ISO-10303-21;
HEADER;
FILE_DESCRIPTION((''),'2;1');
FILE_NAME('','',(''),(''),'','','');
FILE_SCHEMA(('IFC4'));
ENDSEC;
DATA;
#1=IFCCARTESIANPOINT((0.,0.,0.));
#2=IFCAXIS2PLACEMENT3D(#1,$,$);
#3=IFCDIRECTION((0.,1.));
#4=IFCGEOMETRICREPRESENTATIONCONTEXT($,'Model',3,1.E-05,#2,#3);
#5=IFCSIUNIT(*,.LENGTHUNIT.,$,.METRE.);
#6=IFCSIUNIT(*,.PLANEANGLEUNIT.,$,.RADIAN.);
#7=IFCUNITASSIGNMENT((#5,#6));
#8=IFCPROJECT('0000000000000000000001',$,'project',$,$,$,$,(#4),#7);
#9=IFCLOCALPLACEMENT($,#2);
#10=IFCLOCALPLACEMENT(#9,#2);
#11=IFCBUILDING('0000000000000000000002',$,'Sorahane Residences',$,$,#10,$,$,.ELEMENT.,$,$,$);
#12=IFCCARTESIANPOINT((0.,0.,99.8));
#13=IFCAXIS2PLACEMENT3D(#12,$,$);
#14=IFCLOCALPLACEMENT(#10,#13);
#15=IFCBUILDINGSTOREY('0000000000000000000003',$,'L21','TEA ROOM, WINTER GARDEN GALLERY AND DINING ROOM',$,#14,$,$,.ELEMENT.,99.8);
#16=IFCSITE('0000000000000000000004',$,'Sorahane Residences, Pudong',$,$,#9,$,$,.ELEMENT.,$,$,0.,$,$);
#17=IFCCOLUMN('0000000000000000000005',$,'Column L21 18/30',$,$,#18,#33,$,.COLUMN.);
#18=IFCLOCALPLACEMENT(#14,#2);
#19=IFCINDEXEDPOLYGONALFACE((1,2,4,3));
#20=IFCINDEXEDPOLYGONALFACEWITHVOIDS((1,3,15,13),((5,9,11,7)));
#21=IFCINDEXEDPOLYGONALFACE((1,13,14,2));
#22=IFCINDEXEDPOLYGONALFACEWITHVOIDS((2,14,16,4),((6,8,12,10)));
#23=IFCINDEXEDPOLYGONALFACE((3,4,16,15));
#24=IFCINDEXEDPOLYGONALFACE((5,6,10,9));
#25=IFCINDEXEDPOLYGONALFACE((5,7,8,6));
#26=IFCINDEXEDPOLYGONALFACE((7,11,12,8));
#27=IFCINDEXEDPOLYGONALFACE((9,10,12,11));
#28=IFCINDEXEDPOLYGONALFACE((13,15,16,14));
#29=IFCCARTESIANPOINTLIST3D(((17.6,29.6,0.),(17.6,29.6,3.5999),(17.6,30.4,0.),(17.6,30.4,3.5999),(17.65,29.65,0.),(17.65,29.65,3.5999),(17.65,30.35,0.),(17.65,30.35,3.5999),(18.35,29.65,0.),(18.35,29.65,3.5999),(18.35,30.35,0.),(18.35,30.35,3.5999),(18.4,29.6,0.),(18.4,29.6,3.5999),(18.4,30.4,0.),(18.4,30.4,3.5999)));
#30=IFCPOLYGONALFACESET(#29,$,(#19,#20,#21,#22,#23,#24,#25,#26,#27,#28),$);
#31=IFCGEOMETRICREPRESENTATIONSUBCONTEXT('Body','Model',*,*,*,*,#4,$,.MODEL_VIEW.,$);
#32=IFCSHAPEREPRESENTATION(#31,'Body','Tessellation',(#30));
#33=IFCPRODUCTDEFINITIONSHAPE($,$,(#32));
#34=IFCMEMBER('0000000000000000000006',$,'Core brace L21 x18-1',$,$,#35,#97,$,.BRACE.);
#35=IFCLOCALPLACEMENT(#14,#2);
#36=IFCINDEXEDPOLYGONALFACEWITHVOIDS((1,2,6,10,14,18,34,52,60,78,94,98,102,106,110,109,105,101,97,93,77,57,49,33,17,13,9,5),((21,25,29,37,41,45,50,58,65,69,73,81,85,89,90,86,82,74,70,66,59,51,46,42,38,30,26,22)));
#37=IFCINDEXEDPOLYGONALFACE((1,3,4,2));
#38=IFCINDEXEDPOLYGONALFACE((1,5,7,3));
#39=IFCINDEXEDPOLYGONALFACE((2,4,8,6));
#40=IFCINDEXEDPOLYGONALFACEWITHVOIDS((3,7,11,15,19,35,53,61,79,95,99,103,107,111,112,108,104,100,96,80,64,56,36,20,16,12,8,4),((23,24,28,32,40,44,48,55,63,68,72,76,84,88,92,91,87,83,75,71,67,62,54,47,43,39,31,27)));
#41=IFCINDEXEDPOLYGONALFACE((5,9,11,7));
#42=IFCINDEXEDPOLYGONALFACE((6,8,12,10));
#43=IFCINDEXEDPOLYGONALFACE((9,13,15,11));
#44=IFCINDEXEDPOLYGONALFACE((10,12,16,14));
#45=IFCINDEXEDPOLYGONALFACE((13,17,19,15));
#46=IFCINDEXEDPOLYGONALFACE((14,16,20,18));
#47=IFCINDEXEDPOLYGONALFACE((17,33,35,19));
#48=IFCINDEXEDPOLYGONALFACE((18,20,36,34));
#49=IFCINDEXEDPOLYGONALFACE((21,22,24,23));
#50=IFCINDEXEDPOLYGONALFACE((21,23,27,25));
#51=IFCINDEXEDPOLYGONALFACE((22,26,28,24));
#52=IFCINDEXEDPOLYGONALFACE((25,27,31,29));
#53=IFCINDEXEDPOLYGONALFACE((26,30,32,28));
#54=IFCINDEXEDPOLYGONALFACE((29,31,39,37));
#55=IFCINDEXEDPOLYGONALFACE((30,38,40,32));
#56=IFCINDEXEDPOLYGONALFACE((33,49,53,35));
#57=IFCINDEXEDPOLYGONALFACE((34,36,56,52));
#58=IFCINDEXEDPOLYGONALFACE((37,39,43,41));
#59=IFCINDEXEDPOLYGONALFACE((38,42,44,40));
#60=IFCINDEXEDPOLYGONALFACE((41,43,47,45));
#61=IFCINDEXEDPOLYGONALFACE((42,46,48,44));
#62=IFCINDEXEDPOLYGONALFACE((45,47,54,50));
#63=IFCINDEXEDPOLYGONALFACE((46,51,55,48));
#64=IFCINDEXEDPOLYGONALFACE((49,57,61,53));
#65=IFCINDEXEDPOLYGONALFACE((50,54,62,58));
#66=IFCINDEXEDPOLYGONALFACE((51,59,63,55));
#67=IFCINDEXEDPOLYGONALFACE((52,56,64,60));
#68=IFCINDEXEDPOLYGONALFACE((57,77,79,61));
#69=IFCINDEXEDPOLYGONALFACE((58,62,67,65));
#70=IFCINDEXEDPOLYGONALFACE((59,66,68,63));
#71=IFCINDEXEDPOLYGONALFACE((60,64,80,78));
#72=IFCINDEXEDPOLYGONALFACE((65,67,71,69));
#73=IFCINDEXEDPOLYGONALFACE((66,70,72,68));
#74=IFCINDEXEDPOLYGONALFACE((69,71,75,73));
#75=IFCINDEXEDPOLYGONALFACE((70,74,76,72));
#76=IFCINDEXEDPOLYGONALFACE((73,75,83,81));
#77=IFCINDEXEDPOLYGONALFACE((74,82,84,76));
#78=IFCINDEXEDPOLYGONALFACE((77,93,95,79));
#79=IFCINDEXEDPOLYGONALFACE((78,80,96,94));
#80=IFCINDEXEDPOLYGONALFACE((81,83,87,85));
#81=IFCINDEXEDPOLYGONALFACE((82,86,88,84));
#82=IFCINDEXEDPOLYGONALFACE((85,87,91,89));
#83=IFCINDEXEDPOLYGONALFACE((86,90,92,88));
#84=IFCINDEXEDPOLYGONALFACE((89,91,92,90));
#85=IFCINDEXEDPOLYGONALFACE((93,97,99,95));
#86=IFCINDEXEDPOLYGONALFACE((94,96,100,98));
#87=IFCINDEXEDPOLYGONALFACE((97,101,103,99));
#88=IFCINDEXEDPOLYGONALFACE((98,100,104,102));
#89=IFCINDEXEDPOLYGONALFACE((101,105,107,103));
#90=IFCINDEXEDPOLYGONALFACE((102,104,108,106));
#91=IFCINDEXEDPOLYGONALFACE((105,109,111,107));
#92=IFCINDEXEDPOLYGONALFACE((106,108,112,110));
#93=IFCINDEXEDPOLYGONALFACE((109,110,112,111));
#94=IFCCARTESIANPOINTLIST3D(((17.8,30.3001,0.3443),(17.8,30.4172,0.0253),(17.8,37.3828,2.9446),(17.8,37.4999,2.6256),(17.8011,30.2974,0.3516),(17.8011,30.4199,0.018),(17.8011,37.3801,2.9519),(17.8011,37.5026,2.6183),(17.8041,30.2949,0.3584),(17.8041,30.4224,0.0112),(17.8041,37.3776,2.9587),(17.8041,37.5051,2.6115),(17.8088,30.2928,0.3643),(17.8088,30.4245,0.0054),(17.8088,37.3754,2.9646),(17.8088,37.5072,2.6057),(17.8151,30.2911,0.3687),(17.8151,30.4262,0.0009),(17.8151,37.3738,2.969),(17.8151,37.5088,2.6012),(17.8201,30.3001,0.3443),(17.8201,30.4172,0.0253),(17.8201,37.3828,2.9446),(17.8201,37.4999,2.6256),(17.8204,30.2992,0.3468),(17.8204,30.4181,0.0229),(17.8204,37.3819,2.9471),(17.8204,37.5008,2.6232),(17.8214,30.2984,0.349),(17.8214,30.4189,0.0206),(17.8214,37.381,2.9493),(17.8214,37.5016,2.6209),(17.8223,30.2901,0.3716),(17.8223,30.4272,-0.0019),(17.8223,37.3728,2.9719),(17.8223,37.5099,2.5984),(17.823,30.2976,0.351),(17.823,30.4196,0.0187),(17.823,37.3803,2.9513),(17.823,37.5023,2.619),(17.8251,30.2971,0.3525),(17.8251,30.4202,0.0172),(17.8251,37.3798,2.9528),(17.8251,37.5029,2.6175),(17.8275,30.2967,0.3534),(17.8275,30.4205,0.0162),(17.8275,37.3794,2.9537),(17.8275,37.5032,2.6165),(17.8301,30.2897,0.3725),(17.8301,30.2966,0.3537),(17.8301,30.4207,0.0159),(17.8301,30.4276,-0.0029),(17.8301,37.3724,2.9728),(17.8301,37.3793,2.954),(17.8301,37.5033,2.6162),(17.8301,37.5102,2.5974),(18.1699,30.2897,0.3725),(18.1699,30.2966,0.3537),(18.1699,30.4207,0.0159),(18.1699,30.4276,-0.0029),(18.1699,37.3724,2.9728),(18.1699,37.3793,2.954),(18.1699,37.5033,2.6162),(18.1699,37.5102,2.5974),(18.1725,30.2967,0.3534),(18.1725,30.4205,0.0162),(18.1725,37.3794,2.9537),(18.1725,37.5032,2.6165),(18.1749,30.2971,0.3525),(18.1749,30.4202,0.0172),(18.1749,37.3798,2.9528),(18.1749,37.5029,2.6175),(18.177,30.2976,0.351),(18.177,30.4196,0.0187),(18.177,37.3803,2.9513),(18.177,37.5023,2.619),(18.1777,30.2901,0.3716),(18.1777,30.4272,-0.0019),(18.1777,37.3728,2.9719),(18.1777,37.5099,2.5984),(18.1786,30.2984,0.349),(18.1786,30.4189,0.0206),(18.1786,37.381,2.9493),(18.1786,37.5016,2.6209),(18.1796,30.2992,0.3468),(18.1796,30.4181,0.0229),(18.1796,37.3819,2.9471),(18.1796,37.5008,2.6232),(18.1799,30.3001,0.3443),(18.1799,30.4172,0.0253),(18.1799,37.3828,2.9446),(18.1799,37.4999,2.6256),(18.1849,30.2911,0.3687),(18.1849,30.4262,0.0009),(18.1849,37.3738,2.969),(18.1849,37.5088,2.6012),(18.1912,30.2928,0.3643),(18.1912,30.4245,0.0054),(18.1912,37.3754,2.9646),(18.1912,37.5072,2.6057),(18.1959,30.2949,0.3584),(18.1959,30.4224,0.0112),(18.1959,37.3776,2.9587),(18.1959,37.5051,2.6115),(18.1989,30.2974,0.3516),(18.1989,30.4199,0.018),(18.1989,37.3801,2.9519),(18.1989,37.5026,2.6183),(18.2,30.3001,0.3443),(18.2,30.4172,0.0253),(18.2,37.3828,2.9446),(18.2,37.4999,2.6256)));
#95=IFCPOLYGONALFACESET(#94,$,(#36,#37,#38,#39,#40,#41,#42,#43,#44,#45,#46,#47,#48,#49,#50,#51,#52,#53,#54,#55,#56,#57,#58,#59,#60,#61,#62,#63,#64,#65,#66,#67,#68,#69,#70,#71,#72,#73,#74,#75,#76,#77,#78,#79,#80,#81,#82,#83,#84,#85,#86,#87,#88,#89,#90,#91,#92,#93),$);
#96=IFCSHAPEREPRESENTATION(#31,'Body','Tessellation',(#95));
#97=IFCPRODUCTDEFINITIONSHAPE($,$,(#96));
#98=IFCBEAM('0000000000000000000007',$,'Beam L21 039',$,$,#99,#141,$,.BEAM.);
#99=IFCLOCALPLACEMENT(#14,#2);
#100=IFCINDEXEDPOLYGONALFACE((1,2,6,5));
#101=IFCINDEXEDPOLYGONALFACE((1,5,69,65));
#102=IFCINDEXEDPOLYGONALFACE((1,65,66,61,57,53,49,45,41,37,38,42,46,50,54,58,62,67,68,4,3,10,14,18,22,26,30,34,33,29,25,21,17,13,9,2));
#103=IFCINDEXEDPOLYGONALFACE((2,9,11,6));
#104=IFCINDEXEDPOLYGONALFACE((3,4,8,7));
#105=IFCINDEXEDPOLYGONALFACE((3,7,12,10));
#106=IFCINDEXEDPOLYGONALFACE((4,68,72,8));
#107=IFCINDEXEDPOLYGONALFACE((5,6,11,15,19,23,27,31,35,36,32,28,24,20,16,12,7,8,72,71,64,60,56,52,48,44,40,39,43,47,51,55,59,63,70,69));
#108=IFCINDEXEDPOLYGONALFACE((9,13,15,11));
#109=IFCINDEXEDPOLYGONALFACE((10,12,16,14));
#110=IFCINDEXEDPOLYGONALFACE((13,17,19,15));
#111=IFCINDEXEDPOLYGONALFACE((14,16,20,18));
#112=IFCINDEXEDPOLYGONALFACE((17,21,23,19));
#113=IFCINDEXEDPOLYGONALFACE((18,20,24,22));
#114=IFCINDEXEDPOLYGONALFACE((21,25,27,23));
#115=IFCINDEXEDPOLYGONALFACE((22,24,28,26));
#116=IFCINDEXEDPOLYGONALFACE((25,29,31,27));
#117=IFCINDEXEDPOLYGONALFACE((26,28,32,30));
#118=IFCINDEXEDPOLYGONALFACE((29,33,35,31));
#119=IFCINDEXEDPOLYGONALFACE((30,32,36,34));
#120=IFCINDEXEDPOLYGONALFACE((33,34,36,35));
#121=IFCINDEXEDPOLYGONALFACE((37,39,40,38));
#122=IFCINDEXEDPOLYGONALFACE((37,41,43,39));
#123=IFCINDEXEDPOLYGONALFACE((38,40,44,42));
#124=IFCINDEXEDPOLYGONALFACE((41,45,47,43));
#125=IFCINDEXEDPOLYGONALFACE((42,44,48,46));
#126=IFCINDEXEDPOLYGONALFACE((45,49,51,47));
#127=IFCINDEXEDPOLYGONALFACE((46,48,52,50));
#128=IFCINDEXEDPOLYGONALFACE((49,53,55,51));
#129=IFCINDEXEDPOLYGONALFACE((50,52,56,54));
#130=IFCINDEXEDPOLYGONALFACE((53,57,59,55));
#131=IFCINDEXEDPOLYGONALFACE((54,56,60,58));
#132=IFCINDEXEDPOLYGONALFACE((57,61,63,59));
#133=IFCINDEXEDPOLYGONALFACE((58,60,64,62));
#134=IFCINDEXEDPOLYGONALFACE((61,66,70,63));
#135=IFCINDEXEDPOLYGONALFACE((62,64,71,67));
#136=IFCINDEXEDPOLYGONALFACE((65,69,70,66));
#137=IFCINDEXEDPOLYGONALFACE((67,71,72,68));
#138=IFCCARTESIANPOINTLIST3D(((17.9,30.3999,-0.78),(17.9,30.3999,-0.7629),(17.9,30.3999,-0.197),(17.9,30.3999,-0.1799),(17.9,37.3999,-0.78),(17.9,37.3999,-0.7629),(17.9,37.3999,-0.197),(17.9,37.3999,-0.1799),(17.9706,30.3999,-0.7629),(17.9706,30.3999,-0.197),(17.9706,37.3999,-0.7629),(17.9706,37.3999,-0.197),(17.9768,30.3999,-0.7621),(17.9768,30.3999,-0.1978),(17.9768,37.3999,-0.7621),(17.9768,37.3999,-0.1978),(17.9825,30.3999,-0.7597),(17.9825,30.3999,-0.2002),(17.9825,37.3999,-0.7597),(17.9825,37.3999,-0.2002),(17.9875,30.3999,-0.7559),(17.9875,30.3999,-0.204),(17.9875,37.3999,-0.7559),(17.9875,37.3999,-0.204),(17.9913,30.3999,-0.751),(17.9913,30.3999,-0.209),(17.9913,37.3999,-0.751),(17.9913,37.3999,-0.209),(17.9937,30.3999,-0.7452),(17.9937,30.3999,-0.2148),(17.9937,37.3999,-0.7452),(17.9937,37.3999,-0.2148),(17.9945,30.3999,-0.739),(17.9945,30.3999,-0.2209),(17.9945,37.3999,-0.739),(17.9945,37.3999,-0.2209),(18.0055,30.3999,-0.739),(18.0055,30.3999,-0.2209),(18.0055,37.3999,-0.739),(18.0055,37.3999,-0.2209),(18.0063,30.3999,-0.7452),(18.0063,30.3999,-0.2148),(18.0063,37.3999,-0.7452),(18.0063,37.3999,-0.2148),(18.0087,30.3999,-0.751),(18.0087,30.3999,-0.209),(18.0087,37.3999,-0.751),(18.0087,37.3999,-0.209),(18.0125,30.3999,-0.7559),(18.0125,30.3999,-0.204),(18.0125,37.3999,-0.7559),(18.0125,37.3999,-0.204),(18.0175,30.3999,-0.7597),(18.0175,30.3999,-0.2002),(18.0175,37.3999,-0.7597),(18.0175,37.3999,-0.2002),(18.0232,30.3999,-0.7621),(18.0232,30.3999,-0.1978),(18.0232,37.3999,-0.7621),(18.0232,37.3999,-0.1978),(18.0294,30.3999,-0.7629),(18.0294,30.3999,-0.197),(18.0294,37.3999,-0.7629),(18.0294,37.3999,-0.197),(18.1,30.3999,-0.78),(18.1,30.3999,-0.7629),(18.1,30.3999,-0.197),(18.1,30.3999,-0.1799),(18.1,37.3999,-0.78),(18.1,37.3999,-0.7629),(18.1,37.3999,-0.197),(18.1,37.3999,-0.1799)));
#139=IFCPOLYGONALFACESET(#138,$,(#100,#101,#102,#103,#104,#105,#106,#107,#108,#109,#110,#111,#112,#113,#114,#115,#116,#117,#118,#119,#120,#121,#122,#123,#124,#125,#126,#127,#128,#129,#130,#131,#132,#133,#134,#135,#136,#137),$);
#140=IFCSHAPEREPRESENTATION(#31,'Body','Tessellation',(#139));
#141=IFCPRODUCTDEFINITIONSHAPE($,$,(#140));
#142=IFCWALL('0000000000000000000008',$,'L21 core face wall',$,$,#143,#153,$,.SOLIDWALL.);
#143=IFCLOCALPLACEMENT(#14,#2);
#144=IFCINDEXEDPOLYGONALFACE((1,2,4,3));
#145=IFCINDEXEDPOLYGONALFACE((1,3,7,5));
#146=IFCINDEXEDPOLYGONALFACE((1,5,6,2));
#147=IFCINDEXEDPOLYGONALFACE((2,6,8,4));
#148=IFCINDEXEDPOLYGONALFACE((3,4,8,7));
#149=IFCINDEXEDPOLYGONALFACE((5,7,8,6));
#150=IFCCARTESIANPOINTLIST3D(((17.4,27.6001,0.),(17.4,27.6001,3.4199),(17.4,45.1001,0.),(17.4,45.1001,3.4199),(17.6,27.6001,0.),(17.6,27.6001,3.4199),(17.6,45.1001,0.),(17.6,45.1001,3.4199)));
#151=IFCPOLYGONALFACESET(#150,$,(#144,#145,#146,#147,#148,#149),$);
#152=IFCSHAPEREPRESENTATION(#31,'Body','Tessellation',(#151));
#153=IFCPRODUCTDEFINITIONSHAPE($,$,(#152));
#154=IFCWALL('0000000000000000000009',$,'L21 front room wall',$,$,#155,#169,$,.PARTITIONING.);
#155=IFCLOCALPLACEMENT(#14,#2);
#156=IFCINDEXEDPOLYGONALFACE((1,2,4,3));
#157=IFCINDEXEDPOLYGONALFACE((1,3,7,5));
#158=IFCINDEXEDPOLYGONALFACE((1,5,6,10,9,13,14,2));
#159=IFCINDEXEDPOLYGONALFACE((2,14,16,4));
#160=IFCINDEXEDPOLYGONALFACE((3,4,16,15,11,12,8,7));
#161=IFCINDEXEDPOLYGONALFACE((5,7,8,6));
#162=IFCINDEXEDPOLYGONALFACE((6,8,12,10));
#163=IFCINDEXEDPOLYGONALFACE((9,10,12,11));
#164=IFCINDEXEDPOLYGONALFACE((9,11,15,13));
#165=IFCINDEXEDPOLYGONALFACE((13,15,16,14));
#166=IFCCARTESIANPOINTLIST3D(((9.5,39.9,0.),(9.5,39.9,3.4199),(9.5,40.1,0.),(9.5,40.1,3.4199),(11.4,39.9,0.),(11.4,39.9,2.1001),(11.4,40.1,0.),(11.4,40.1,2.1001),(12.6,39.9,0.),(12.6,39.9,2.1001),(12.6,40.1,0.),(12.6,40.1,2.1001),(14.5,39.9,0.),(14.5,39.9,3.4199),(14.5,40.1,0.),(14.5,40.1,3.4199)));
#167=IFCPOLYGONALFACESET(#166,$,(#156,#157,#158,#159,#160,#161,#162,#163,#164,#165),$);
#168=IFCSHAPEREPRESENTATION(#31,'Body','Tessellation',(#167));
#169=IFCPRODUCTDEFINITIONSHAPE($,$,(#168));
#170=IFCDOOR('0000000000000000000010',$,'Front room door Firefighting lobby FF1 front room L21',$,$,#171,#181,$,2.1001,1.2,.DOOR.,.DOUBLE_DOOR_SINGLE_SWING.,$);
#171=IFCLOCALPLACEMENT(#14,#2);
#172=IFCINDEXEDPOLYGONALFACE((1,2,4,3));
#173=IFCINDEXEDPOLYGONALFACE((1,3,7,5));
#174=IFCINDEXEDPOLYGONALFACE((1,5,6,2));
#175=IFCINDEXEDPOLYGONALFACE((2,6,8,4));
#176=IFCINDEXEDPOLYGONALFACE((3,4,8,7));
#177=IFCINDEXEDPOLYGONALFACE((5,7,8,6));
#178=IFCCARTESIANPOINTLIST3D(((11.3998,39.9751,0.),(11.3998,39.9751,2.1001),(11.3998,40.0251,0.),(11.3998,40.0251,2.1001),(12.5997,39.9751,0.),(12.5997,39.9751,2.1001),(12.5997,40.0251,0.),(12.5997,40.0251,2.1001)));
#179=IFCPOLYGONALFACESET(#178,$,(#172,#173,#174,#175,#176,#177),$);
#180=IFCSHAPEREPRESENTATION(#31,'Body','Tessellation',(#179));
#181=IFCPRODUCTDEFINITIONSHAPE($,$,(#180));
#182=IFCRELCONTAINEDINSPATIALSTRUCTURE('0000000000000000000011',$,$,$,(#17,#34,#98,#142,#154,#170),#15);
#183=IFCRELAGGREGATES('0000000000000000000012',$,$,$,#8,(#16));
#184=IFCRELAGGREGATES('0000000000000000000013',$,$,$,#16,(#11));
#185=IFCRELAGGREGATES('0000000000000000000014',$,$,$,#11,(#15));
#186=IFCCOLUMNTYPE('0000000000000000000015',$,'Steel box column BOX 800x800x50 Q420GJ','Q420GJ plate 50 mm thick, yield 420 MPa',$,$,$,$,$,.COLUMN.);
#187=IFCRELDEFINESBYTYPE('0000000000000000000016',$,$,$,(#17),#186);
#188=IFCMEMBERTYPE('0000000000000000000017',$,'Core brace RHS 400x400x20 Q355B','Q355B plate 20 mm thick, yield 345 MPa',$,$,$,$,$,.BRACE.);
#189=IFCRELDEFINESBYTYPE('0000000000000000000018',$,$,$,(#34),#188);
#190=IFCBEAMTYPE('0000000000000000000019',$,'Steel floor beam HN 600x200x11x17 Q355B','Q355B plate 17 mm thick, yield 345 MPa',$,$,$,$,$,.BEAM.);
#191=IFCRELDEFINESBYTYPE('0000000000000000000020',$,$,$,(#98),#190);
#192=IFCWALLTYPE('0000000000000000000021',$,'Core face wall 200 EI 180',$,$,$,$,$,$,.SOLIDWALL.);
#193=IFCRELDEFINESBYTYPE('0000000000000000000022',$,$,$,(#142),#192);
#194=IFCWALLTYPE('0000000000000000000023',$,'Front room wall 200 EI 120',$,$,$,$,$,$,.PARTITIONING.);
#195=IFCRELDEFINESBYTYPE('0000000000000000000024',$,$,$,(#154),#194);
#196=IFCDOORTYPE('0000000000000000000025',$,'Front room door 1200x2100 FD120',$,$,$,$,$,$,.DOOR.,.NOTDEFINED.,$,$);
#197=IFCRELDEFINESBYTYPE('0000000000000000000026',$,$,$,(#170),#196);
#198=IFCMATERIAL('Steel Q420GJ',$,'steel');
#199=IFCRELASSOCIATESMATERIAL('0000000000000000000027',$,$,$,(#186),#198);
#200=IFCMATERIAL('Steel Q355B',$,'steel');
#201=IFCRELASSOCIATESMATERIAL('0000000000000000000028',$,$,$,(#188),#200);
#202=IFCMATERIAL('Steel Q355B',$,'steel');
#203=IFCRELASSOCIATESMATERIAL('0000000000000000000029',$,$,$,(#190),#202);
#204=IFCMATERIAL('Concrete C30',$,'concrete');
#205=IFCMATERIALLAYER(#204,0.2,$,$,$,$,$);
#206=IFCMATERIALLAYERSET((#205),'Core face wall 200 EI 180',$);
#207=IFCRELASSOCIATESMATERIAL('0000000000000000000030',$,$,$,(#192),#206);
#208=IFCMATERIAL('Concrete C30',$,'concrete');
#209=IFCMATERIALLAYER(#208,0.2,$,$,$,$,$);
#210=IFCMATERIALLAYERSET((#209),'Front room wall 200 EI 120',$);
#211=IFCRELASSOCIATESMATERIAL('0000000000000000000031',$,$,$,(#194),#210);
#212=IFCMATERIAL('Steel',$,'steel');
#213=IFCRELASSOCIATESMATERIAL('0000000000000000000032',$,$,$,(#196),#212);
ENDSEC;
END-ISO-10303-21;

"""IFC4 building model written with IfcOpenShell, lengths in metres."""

from ifc_helpers import new_model, si_unit, direction, frame, frame_2d, origin, origin_2d, place, context, subcontext, project, spatial, rectangle, hollow_rectangle, i_section, extrude, material, layer, layer_set, material_profile, profile_set, type_object, element, fill, save


model = new_model("IFC4")

# Units and contexts
model_context = context("Model", 3, precision=1e-05, world=origin(), true_north=direction((0.0, 1.0)))
body_context = subcontext(model_context, "Body", "Model", "MODEL_VIEW")
ifc_project = project(units=[si_unit("LENGTHUNIT", "METRE"), si_unit("PLANEANGLEUNIT", "RADIAN")], contexts=[model_context])

# Site, building, storey
site_placement = place(None, origin())
site = spatial("IfcSite", under=ifc_project, at=site_placement, Name="Sorahane Residences, Pudong", CompositionType="ELEMENT", RefElevation=0.0)
building_placement = place(site_placement, origin())
building = spatial("IfcBuilding", under=site, at=building_placement, Name="Sorahane Residences", CompositionType="ELEMENT")
storey_placement = place(building_placement, frame((0.0, 0.0, 99.8)))
storey = spatial("IfcBuildingStorey", under=building, at=storey_placement, Name="L21", Description="TEA ROOM, WINTER GARDEN GALLERY AND DINING ROOM", CompositionType="ELEMENT", Elevation=99.8)

# Column
ifc_material_1 = material(Name="Steel Q420GJ", Category="steel")
ifc_material_profile_1 = material_profile(ifc_material_1, hollow_rectangle(XDim=0.8, YDim=0.8, WallThickness=0.05, at=origin_2d()), Name="BOX 800x800x50")
ifc_profile_set_1 = profile_set([ifc_material_profile_1], Name="Steel Q420GJ")
column_type = type_object("IfcColumnType", Name="Steel box column BOX 800x800x50 Q420GJ", Description="Q420GJ plate 50 mm thick, yield 420 MPa", PredefinedType="COLUMN", material=ifc_profile_set_1)
column_placement = place(storey_placement, frame((18.0, 30.0, 0.0), z_axis=(0.0, 0.0, 1.0), x_axis=(1.0, 0.0, 0.0)))
element("IfcColumn", 1, at=column_placement, inside=storey, type_object=column_type, Name="Column L21 18/30", PredefinedType="COLUMN", context=body_context, shape_type="SweptSolid", body=[
    extrude(hollow_rectangle(XDim=0.8, YDim=0.8, WallThickness=0.05, at=origin_2d()), origin(), (0.0, 0.0, 1.0), 3.5999),
])

# Member
ifc_material_2 = material(Name="Steel Q355B", Category="steel")
ifc_material_profile_2 = material_profile(ifc_material_2, hollow_rectangle(XDim=0.3999, YDim=0.3999, WallThickness=0.02, InnerFilletRadius=0.01, OuterFilletRadius=0.03, at=origin_2d()), Name="RHS 400x400x20")
ifc_profile_set_2 = profile_set([ifc_material_profile_2], Name="Steel Q355B")
member_type = type_object("IfcMemberType", Name="Core brace RHS 400x400x20 Q355B", Description="Q355B plate 20 mm thick, yield 345 MPa", PredefinedType="BRACE", material=ifc_profile_set_2)
member_placement = place(storey_placement, frame((18.0, 30.3586, 0.1848), z_axis=(0.0, 0.938734, 0.344643), x_axis=(-1.0, 0.0, 0.0)))
element("IfcMember", 2, at=member_placement, inside=storey, type_object=member_type, Name="Core brace L21 x18-1", PredefinedType="BRACE", context=body_context, shape_type="SweptSolid", body=[
    extrude(hollow_rectangle(XDim=0.3999, YDim=0.3999, WallThickness=0.02, InnerFilletRadius=0.01, OuterFilletRadius=0.03, at=origin_2d()), origin(), (0.0, 0.0, 1.0), 7.5449),
])

# Beam
ifc_material_3 = material(Name="Steel Q355B", Category="steel")
ifc_material_profile_3 = material_profile(ifc_material_3, i_section(OverallWidth=0.2, OverallDepth=0.6001, WebThickness=0.011, FlangeThickness=0.0171, FilletRadius=0.0239, at=origin_2d()), Name="HN 600x200x11x17")
ifc_profile_set_3 = profile_set([ifc_material_profile_3], Name="Steel Q355B")
beam_type = type_object("IfcBeamType", Name="Steel floor beam HN 600x200x11x17 Q355B", Description="Q355B plate 17 mm thick, yield 345 MPa", PredefinedType="BEAM", material=ifc_profile_set_3)
beam_placement = place(storey_placement, frame((18.0, 30.3999, -0.48), z_axis=(0.0, 1.0, 0.0), x_axis=(-1.0, 0.0, 0.0)))
element("IfcBeam", 3, at=beam_placement, inside=storey, type_object=beam_type, Name="Beam L21 039", PredefinedType="BEAM", context=body_context, shape_type="SweptSolid", body=[
    extrude(i_section(OverallWidth=0.2, OverallDepth=0.6001, WebThickness=0.011, FlangeThickness=0.0171, FilletRadius=0.0239, at=origin_2d()), origin(), (0.0, 0.0, 1.0), 7.0),
])

# Wall
ifc_material_4 = material(Name="Concrete C30", Category="concrete")
ifc_layer_1 = layer(ifc_material_4, 0.2)
ifc_layer_set_1 = layer_set([ifc_layer_1], Name="Core face wall 200 EI 180")
wall_type_1 = type_object("IfcWallType", Name="Core face wall 200 EI 180", PredefinedType="SOLIDWALL", material=ifc_layer_set_1)
wall_1_placement = place(storey_placement, frame((17.5, 27.6001, 0.0), z_axis=(0.0, 0.0, 1.0), x_axis=(0.0, 1.0, 0.0)))
element("IfcWall", 4, at=wall_1_placement, inside=storey, type_object=wall_type_1, Name="L21 core face wall", PredefinedType="SOLIDWALL", context=body_context, shape_type="SweptSolid", body=[
    extrude(rectangle(XDim=17.5, YDim=0.2, at=frame_2d((8.75, 0.0))), origin(), (0.0, 0.0, 1.0), 3.4199),
])

# Wall, opening, door
ifc_material_5 = material(Name="Concrete C30", Category="concrete")
ifc_layer_2 = layer(ifc_material_5, 0.2)
ifc_layer_set_2 = layer_set([ifc_layer_2], Name="Front room wall 200 EI 120")
wall_type_2 = type_object("IfcWallType", Name="Front room wall 200 EI 120", PredefinedType="PARTITIONING", material=ifc_layer_set_2)
wall_2_placement = place(storey_placement, frame((9.5, 40.0, 0.0), z_axis=(0.0, 0.0, 1.0), x_axis=(1.0, 0.0, 0.0)))
wall_2 = element("IfcWall", 5, at=wall_2_placement, inside=storey, type_object=wall_type_2, Name="L21 front room wall", PredefinedType="PARTITIONING", context=body_context, shape_type="SweptSolid", body=[
    extrude(rectangle(XDim=5.0, YDim=0.2, at=frame_2d((2.5, 0.0))), origin(), (0.0, 0.0, 1.0), 3.4199),
])
opening_1_placement = place(wall_2_placement, frame((1.8999, 0.0, 0.0)))
opening_1 = element("IfcOpeningElement", 6, at=opening_1_placement, cuts=wall_2, PredefinedType="OPENING", context=body_context, shape_type="SweptSolid", body=[
    extrude(rectangle(XDim=1.2, YDim=2.1001, at=frame_2d((0.6001, 1.05))), frame((0.0, 0.1099, 0.0), z_axis=(0.0, -1.0, 0.0), x_axis=(1.0, 0.0, 0.0)), (0.0, 0.0, 1.0), 0.22),
])
ifc_material_6 = material(Name="Steel", Category="steel")
door_type_1 = type_object("IfcDoorType", Name="Front room door 1200x2100 FD120", OperationType="NOTDEFINED", PredefinedType="DOOR", material=ifc_material_6)
door_1_placement = place(opening_1_placement, frame((1.2, 0.0, 0.0), z_axis=(0.0, 0.0, 1.0), x_axis=(-1.0, 0.0, 0.0)))
door_1 = element("IfcDoor", 7, at=door_1_placement, inside=storey, type_object=door_type_1, Name="Front room door Firefighting lobby FF1 front room L21", OperationType="DOUBLE_DOOR_SINGLE_SWING", OverallHeight=2.1001, OverallWidth=1.2, PredefinedType="DOOR", context=body_context, shape_type="SweptSolid", body=[
    extrude(rectangle(XDim=1.2, YDim=2.1001, at=frame_2d((0.6001, 1.05))), frame((0.0, 0.0249, 0.0), z_axis=(0.0, -1.0, 0.0), x_axis=(1.0, 0.0, 0.0)), (0.0, 0.0, 1.0), 0.05),
])
fill(opening_1, door_1)

save(model, "model.ifc")
